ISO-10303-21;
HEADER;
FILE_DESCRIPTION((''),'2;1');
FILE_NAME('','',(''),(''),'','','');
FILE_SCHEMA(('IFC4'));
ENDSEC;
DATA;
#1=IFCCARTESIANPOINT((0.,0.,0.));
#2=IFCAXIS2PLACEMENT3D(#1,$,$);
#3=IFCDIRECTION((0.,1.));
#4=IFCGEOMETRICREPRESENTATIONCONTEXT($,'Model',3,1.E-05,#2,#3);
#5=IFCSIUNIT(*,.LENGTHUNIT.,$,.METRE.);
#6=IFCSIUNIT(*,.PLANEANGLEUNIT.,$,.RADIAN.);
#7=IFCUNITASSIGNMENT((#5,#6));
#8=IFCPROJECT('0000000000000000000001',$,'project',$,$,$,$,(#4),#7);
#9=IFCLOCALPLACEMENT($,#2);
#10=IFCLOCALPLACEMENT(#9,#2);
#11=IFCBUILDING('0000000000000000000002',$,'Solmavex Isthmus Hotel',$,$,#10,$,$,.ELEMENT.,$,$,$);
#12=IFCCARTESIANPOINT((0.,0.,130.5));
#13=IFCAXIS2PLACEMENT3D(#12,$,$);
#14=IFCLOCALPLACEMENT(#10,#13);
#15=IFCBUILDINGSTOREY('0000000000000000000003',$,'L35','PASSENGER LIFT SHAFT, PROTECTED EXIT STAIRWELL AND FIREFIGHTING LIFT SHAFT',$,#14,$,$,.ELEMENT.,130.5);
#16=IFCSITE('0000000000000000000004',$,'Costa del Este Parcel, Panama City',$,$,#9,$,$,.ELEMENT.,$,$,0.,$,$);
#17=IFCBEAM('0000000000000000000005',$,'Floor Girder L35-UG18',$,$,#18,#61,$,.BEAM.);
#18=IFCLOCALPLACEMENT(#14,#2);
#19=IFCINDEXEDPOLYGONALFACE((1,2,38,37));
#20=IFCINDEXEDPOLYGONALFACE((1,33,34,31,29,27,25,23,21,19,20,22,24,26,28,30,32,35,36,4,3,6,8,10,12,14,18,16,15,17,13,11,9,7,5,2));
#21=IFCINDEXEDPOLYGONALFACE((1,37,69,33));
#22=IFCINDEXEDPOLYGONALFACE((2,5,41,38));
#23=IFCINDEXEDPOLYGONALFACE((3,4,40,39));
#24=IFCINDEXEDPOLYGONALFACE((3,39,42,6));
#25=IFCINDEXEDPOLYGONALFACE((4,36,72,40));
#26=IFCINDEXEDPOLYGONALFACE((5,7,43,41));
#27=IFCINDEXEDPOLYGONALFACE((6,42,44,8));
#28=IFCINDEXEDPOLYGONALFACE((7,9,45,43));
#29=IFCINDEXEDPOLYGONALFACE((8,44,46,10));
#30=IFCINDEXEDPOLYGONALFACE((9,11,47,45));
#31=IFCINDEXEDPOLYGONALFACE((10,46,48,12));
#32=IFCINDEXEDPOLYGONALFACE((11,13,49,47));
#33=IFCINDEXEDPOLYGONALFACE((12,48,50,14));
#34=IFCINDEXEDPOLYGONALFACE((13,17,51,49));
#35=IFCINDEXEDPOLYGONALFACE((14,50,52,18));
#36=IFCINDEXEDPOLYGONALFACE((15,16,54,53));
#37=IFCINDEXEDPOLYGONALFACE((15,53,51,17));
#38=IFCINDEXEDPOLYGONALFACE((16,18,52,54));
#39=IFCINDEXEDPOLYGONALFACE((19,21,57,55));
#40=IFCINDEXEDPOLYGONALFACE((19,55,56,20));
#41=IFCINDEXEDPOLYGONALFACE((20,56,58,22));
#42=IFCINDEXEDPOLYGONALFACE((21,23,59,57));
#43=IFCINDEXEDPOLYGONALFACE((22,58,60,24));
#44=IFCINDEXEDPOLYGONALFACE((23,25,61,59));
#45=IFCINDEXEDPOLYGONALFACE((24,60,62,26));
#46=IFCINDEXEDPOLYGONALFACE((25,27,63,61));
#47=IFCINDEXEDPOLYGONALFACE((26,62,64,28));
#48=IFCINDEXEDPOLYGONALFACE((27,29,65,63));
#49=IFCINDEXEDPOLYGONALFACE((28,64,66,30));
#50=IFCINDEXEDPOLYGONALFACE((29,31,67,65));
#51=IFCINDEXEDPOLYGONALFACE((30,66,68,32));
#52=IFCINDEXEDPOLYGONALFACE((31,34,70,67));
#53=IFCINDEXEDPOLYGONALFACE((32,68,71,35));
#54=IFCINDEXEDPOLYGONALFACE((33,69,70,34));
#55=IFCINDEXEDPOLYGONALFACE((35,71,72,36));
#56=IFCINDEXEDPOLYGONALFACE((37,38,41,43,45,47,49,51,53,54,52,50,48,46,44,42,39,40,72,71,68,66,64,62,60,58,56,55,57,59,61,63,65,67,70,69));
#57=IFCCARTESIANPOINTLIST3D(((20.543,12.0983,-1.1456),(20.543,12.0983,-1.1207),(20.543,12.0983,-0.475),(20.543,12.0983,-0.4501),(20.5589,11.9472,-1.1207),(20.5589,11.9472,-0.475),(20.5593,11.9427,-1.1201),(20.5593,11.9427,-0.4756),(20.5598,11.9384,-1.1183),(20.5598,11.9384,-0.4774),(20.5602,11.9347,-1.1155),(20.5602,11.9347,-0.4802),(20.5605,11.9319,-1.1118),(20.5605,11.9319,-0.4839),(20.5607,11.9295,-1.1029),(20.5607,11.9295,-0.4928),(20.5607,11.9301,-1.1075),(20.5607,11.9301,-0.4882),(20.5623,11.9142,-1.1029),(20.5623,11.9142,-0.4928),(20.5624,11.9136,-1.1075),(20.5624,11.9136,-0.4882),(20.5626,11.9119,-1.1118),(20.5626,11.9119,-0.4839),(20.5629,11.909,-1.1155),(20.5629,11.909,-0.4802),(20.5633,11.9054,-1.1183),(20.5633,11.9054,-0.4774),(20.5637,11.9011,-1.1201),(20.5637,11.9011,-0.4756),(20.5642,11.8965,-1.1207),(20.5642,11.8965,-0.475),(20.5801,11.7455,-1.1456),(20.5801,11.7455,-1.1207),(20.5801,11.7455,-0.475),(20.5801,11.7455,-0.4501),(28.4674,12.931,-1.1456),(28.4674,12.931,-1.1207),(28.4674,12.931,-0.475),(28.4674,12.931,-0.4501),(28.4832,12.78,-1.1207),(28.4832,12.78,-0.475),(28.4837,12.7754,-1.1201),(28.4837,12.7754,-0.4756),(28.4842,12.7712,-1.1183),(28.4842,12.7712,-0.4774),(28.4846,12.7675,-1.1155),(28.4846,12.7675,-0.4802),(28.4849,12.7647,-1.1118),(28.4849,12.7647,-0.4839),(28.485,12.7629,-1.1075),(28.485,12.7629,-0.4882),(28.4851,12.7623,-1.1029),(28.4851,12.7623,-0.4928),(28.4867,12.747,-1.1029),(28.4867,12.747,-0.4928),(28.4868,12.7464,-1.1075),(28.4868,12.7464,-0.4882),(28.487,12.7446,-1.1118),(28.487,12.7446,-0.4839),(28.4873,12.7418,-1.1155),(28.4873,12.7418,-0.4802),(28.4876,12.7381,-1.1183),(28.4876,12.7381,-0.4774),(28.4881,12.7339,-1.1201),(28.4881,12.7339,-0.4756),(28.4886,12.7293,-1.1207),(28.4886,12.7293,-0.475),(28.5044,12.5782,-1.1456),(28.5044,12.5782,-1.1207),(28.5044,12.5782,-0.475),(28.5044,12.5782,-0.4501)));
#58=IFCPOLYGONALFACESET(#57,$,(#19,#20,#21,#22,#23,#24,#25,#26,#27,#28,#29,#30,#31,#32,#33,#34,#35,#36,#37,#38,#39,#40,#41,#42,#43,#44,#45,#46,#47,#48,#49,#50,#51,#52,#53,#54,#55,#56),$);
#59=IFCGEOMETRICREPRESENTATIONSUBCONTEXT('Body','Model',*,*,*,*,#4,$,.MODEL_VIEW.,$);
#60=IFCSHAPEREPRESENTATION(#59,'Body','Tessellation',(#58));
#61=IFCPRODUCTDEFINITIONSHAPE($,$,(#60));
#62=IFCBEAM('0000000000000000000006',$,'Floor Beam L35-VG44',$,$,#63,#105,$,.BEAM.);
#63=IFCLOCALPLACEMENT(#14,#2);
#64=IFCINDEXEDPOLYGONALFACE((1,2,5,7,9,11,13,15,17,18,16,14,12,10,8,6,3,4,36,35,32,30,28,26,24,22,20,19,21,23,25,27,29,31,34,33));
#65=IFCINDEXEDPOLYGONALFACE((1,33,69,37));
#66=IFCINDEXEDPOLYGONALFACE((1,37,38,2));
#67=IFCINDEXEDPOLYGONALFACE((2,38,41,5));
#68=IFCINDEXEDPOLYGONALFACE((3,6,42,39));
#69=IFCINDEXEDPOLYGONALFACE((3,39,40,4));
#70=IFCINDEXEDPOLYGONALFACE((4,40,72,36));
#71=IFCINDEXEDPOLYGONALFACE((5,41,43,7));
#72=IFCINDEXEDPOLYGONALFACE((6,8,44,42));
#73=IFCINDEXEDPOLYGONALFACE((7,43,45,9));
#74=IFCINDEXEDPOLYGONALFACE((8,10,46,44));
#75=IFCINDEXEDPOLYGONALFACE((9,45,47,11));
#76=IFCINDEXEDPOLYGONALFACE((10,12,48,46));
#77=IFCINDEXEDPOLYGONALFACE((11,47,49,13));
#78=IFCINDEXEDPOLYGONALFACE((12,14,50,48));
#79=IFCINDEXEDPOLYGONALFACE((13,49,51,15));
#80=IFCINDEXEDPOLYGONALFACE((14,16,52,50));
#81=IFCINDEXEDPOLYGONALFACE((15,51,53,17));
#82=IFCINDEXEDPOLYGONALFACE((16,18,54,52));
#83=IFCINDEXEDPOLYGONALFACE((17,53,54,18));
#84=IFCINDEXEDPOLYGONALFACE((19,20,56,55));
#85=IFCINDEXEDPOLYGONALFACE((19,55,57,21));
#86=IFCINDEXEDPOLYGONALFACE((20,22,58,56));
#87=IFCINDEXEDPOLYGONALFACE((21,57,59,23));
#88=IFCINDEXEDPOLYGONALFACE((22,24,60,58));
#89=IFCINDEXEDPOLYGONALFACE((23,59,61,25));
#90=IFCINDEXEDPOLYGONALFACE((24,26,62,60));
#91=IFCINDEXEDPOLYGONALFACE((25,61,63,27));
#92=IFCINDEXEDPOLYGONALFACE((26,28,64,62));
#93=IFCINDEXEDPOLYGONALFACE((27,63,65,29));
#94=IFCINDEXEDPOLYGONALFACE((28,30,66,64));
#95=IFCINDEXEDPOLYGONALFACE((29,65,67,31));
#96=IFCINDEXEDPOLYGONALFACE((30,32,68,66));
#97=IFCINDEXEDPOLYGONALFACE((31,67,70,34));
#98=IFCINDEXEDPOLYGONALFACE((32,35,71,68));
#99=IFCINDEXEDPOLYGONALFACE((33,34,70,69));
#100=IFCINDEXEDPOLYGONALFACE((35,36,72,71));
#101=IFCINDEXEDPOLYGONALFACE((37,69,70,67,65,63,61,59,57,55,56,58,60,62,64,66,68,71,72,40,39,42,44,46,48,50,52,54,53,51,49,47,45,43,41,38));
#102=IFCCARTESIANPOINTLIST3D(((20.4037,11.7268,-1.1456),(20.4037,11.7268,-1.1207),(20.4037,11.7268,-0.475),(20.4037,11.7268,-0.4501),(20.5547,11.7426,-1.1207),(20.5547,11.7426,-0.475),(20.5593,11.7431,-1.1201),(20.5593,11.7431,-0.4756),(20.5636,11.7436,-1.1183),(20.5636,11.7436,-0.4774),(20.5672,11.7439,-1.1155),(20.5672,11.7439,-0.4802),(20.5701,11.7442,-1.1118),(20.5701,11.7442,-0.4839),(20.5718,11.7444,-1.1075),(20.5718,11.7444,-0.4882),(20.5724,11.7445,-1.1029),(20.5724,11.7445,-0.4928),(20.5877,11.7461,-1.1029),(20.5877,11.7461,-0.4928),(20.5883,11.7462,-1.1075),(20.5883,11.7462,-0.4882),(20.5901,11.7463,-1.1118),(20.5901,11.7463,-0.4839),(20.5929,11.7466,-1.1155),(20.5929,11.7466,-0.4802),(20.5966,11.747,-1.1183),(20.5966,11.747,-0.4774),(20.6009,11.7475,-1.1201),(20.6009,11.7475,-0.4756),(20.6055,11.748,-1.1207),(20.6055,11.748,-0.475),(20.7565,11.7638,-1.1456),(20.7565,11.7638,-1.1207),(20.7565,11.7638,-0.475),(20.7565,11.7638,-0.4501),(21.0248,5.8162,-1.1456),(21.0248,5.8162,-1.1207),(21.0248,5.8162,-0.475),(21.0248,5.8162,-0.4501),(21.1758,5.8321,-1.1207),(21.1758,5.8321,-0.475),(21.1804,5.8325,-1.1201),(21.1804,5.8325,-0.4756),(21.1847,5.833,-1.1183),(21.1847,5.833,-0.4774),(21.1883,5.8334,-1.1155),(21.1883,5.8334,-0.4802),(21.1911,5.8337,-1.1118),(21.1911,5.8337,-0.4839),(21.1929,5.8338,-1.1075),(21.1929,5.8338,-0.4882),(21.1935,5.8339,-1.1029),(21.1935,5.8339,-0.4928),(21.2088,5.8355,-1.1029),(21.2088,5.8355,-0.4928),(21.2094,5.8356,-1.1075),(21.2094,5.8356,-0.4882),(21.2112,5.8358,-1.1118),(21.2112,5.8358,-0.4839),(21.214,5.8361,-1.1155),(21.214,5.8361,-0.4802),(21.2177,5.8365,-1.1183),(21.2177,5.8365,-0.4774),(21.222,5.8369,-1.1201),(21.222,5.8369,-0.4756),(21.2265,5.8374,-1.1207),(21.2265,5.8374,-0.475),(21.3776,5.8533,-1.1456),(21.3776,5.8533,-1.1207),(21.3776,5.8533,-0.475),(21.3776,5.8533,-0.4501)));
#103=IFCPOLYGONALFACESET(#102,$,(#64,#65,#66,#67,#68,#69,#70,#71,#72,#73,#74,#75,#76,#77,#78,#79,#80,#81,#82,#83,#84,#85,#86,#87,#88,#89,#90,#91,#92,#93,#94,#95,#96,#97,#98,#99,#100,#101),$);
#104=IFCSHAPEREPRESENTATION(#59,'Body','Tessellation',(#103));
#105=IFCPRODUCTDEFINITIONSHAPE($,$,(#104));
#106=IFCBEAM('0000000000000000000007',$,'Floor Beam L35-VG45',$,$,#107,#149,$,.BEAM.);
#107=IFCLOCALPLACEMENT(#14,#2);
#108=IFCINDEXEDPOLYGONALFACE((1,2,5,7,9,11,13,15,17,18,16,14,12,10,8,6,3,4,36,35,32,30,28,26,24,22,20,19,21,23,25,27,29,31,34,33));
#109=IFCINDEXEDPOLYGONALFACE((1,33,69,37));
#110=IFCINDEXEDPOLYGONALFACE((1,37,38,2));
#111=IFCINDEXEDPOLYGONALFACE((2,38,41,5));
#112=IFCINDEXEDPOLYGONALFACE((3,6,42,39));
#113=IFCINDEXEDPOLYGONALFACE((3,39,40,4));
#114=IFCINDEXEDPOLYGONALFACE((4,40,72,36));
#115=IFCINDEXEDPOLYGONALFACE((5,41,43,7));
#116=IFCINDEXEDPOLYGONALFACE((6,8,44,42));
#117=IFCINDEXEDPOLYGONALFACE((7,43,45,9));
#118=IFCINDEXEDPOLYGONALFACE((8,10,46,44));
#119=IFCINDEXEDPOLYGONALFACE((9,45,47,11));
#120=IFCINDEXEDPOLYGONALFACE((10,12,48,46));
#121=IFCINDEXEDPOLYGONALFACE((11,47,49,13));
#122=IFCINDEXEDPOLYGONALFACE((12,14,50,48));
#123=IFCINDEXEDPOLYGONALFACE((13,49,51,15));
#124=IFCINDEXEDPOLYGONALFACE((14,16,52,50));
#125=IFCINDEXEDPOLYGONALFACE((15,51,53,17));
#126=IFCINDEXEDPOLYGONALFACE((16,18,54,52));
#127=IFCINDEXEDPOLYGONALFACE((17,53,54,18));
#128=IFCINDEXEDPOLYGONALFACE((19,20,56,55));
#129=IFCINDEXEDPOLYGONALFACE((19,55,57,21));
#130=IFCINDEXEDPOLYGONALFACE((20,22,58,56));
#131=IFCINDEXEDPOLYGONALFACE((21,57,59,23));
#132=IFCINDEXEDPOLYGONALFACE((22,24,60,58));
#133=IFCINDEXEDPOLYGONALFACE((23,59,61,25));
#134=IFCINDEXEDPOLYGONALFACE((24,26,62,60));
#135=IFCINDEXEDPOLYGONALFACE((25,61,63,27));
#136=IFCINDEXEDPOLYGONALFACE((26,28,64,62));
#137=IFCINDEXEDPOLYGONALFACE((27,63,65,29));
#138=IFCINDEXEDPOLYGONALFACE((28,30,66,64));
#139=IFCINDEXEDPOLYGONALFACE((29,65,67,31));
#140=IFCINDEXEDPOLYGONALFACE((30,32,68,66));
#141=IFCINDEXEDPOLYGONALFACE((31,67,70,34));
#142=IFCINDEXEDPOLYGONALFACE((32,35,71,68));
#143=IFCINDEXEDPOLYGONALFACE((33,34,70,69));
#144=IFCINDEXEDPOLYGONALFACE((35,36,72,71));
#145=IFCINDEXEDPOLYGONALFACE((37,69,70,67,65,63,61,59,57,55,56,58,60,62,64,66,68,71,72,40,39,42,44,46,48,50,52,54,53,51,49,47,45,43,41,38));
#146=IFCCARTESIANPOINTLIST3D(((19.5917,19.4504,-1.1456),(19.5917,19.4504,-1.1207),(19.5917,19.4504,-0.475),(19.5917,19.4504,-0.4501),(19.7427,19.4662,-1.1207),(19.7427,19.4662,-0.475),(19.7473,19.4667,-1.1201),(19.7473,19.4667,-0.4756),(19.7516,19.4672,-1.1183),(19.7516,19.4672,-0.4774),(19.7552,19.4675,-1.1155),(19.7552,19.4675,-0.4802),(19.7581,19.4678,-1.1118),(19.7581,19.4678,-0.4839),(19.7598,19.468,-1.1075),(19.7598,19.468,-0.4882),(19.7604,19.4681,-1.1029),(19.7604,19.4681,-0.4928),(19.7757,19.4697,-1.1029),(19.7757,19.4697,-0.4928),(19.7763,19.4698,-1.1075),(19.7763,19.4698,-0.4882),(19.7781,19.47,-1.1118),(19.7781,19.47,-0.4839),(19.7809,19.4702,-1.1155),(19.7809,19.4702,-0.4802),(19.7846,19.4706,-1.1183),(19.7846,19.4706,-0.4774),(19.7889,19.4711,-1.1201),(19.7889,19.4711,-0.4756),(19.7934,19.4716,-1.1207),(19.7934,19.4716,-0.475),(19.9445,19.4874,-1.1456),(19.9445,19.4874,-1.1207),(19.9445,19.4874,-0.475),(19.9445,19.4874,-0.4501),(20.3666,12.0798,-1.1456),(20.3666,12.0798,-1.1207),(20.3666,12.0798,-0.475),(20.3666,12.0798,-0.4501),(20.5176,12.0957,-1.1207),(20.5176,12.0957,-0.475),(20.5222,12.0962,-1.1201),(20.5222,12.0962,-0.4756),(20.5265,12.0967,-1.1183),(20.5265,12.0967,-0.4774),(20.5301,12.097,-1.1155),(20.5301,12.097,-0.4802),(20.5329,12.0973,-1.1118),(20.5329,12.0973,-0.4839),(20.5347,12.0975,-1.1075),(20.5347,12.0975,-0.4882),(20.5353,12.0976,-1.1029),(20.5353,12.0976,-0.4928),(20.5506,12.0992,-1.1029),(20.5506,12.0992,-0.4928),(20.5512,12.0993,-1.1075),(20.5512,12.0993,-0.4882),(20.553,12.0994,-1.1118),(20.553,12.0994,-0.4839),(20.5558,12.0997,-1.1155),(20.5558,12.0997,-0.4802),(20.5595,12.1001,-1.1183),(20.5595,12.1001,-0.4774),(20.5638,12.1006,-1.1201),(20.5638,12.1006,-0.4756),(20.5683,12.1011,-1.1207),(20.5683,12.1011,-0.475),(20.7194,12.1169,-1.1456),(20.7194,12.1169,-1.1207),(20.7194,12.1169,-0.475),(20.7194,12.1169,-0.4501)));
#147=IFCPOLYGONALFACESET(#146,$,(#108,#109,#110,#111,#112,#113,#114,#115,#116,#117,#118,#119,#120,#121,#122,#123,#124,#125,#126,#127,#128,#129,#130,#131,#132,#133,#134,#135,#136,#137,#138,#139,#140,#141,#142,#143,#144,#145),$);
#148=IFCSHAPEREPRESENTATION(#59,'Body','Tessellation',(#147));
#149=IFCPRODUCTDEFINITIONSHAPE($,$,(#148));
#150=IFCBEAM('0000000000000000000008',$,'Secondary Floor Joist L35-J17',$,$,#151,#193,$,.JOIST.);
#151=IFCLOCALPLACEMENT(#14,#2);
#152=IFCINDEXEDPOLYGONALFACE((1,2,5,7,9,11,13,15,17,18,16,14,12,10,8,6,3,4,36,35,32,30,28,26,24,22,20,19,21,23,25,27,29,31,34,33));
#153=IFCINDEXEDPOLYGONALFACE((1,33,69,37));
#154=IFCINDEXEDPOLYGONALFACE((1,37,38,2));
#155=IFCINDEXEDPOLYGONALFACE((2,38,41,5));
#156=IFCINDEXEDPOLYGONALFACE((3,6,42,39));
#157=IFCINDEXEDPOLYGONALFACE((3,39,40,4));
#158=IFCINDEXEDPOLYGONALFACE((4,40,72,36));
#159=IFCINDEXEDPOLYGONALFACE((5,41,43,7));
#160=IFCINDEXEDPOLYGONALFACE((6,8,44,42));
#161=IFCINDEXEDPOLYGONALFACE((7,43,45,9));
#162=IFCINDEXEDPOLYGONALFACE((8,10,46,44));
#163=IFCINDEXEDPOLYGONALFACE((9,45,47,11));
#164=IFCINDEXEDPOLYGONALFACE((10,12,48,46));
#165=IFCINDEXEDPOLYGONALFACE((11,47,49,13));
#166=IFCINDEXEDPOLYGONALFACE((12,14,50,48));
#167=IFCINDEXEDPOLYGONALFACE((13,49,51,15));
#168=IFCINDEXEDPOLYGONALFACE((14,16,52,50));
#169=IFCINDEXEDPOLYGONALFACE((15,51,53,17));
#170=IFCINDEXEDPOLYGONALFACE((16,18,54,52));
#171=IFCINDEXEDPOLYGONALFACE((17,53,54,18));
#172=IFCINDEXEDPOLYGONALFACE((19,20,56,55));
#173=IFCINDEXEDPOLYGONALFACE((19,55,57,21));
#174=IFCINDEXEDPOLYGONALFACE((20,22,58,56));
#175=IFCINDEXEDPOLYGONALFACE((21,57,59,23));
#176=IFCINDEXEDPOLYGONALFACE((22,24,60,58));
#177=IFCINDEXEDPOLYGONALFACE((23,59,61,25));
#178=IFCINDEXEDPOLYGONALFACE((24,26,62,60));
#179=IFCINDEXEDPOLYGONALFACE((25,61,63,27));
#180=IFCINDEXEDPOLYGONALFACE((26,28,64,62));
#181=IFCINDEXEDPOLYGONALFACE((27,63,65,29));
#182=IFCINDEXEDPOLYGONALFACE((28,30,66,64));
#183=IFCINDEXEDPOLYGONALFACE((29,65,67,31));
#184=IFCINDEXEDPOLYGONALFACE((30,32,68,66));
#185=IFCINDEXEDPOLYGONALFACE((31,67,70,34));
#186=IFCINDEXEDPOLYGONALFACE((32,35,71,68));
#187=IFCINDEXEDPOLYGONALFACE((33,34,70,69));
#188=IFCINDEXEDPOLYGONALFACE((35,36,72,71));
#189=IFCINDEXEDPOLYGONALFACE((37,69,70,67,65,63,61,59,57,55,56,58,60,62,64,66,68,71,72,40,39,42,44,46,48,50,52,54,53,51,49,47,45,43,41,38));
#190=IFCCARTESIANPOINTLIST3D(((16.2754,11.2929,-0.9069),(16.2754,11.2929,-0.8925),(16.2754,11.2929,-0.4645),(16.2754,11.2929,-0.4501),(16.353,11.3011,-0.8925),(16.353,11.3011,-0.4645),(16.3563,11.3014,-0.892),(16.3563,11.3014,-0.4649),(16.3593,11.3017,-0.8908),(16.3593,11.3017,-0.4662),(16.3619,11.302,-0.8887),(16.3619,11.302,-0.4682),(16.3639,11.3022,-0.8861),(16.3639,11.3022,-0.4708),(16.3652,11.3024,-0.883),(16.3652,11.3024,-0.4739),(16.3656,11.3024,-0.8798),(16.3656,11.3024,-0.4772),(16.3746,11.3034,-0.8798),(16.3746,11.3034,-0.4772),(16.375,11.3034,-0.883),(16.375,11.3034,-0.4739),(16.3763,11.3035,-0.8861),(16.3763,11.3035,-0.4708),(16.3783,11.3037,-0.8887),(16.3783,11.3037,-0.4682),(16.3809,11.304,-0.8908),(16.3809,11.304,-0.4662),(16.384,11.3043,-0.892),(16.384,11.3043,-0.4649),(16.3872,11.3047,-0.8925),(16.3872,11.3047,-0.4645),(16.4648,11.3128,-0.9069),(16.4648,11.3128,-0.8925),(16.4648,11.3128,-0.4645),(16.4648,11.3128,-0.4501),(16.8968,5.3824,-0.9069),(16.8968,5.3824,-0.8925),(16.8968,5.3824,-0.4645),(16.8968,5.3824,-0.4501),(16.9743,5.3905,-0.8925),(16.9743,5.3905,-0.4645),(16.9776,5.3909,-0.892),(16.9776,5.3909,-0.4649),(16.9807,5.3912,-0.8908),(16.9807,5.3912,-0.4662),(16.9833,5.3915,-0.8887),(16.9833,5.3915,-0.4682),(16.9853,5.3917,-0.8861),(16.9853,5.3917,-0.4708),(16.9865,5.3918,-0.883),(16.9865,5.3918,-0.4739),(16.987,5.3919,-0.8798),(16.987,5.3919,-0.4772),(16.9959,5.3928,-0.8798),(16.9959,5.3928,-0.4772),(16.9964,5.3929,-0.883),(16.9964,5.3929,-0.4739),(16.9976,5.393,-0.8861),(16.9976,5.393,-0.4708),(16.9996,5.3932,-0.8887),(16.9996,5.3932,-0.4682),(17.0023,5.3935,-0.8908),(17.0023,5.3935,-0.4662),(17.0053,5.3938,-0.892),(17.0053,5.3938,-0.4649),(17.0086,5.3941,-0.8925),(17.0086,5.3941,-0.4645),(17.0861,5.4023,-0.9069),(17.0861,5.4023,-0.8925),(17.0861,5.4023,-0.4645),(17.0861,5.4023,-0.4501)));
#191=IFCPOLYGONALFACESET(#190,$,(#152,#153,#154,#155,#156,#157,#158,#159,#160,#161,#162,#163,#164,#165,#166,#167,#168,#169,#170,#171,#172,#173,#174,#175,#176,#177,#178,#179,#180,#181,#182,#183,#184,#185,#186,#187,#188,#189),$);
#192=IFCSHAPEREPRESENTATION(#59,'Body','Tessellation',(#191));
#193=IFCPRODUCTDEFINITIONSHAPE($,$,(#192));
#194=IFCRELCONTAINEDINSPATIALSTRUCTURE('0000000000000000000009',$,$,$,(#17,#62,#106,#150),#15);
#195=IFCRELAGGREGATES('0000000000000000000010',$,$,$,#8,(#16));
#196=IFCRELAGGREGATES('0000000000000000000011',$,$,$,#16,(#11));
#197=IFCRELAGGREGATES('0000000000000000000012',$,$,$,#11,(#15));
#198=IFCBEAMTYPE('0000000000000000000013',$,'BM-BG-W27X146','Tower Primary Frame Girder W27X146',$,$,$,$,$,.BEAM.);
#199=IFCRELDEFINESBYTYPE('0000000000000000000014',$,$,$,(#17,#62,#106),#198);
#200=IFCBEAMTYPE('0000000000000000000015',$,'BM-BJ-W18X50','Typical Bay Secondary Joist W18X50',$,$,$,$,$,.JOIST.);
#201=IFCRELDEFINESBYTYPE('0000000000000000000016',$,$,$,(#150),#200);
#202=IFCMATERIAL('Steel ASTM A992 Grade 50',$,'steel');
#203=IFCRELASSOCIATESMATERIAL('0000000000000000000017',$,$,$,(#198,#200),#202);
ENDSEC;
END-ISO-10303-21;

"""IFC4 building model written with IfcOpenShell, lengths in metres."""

from ifc_helpers import new_model, si_unit, direction, frame, origin, origin_2d, place, context, subcontext, project, spatial, i_section, extrude, material, material_profile, profile_set, type_object, element, save


model = new_model("IFC4")

# Units and contexts
model_context = context("Model", 3, precision=1e-05, world=origin(), true_north=direction((0.0, 1.0)))
body_context = subcontext(model_context, "Body", "Model", "MODEL_VIEW")
ifc_project = project(units=[si_unit("LENGTHUNIT", "METRE"), si_unit("PLANEANGLEUNIT", "RADIAN")], contexts=[model_context])

# Site, building, storey
site_placement = place(None, origin())
site = spatial("IfcSite", under=ifc_project, at=site_placement, Name="Costa del Este Parcel, Panama City", CompositionType="ELEMENT", RefElevation=0.0)
building_placement = place(site_placement, origin())
building = spatial("IfcBuilding", under=site, at=building_placement, Name="Solmavex Isthmus Hotel", CompositionType="ELEMENT")
storey_placement = place(building_placement, frame((0.0, 0.0, 130.5)))
storey = spatial("IfcBuildingStorey", under=building, at=storey_placement, Name="L35", Description="PASSENGER LIFT SHAFT, PROTECTED EXIT STAIRWELL AND FIREFIGHTING LIFT SHAFT", CompositionType="ELEMENT", Elevation=130.5)

# Beams
ifc_material_1 = material(Name="Steel ASTM A992 Grade 50", Category="steel")
ifc_material_profile_1 = material_profile(ifc_material_1, i_section(OverallWidth=0.3547, OverallDepth=0.6956, WebThickness=0.0154, FlangeThickness=0.0249, FilletRadius=0.0178, at=origin_2d()), Name="W27X146")
ifc_profile_set_1 = profile_set([ifc_material_profile_1], Name="Steel ASTM A992 Grade 50")
beam_type_1 = type_object("IfcBeamType", Name="BM-BG-W27X146", Description="Tower Primary Frame Girder W27X146", PredefinedType="BEAM", material=ifc_profile_set_1)
for number, where, z_axis, x_axis, name in (
    (1, (20.5615, 11.9219, -0.7979), (0.994523, 0.104514, 0.0), (-0.104514, 0.994523, 0.0), "Floor Girder L35-UG18"),
):
    element("IfcBeam", number, at=place(storey_placement, frame(where, z_axis=z_axis, x_axis=x_axis)), inside=storey, type_object=beam_type_1, Name=name, PredefinedType="BEAM", context=body_context, shape_type="SweptSolid", body=[
        extrude(i_section(OverallWidth=0.3547, OverallDepth=0.6956, WebThickness=0.0154, FlangeThickness=0.0249, FilletRadius=0.0178, at=origin_2d()), origin(), (0.0, 0.0, 1.0), 7.968),
    ])
beam_1_placement = place(storey_placement, frame((21.2012, 5.8347, -0.7979), z_axis=(-0.104505, 0.994524, 0.0), x_axis=(-0.994524, -0.104505, 0.0)))
element("IfcBeam", 2, at=beam_1_placement, inside=storey, type_object=beam_type_1, Name="Floor Beam L35-VG44", PredefinedType="BEAM", context=body_context, shape_type="SweptSolid", body=[
    extrude(i_section(OverallWidth=0.3547, OverallDepth=0.6956, WebThickness=0.0154, FlangeThickness=0.0249, FilletRadius=0.0178, at=origin_2d()), origin(), (0.0, 0.0, 1.0), 5.9431),
])
beam_2_placement = place(storey_placement, frame((20.543, 12.0984, -0.7979), z_axis=(-0.104558, 0.994519, 0.0), x_axis=(-0.994519, -0.104558, 0.0)))
element("IfcBeam", 3, at=beam_2_placement, inside=storey, type_object=beam_type_1, Name="Floor Beam L35-VG45", PredefinedType="BEAM", context=body_context, shape_type="SweptSolid", body=[
    extrude(i_section(OverallWidth=0.3547, OverallDepth=0.6956, WebThickness=0.0154, FlangeThickness=0.0249, FilletRadius=0.0178, at=origin_2d()), origin(), (0.0, 0.0, 1.0), 7.4111),
])
ifc_material_profile_2 = material_profile(ifc_material_1, i_section(OverallWidth=0.1904, OverallDepth=0.4568, WebThickness=0.009, FlangeThickness=0.0144, FilletRadius=0.0127, at=origin_2d()), Name="W18X50")
ifc_profile_set_2 = profile_set([ifc_material_profile_2], Name="Steel ASTM A992 Grade 50")
beam_type_2 = type_object("IfcBeamType", Name="BM-BJ-W18X50", Description="Typical Bay Secondary Joist W18X50", PredefinedType="JOIST", material=ifc_profile_set_2)
beam_3_placement = place(storey_placement, frame((16.9915, 5.3923, -0.6785), z_axis=(-0.104546, 0.99452, 0.0), x_axis=(-0.99452, -0.104546, 0.0)))
element("IfcBeam", 4, at=beam_3_placement, inside=storey, type_object=beam_type_2, Name="Secondary Floor Joist L35-J17", PredefinedType="JOIST", context=body_context, shape_type="SweptSolid", body=[
    extrude(i_section(OverallWidth=0.1904, OverallDepth=0.4568, WebThickness=0.009, FlangeThickness=0.0144, FilletRadius=0.0127, at=origin_2d()), origin(), (0.0, 0.0, 1.0), 5.9431),
])

save(model, "model.ifc")
